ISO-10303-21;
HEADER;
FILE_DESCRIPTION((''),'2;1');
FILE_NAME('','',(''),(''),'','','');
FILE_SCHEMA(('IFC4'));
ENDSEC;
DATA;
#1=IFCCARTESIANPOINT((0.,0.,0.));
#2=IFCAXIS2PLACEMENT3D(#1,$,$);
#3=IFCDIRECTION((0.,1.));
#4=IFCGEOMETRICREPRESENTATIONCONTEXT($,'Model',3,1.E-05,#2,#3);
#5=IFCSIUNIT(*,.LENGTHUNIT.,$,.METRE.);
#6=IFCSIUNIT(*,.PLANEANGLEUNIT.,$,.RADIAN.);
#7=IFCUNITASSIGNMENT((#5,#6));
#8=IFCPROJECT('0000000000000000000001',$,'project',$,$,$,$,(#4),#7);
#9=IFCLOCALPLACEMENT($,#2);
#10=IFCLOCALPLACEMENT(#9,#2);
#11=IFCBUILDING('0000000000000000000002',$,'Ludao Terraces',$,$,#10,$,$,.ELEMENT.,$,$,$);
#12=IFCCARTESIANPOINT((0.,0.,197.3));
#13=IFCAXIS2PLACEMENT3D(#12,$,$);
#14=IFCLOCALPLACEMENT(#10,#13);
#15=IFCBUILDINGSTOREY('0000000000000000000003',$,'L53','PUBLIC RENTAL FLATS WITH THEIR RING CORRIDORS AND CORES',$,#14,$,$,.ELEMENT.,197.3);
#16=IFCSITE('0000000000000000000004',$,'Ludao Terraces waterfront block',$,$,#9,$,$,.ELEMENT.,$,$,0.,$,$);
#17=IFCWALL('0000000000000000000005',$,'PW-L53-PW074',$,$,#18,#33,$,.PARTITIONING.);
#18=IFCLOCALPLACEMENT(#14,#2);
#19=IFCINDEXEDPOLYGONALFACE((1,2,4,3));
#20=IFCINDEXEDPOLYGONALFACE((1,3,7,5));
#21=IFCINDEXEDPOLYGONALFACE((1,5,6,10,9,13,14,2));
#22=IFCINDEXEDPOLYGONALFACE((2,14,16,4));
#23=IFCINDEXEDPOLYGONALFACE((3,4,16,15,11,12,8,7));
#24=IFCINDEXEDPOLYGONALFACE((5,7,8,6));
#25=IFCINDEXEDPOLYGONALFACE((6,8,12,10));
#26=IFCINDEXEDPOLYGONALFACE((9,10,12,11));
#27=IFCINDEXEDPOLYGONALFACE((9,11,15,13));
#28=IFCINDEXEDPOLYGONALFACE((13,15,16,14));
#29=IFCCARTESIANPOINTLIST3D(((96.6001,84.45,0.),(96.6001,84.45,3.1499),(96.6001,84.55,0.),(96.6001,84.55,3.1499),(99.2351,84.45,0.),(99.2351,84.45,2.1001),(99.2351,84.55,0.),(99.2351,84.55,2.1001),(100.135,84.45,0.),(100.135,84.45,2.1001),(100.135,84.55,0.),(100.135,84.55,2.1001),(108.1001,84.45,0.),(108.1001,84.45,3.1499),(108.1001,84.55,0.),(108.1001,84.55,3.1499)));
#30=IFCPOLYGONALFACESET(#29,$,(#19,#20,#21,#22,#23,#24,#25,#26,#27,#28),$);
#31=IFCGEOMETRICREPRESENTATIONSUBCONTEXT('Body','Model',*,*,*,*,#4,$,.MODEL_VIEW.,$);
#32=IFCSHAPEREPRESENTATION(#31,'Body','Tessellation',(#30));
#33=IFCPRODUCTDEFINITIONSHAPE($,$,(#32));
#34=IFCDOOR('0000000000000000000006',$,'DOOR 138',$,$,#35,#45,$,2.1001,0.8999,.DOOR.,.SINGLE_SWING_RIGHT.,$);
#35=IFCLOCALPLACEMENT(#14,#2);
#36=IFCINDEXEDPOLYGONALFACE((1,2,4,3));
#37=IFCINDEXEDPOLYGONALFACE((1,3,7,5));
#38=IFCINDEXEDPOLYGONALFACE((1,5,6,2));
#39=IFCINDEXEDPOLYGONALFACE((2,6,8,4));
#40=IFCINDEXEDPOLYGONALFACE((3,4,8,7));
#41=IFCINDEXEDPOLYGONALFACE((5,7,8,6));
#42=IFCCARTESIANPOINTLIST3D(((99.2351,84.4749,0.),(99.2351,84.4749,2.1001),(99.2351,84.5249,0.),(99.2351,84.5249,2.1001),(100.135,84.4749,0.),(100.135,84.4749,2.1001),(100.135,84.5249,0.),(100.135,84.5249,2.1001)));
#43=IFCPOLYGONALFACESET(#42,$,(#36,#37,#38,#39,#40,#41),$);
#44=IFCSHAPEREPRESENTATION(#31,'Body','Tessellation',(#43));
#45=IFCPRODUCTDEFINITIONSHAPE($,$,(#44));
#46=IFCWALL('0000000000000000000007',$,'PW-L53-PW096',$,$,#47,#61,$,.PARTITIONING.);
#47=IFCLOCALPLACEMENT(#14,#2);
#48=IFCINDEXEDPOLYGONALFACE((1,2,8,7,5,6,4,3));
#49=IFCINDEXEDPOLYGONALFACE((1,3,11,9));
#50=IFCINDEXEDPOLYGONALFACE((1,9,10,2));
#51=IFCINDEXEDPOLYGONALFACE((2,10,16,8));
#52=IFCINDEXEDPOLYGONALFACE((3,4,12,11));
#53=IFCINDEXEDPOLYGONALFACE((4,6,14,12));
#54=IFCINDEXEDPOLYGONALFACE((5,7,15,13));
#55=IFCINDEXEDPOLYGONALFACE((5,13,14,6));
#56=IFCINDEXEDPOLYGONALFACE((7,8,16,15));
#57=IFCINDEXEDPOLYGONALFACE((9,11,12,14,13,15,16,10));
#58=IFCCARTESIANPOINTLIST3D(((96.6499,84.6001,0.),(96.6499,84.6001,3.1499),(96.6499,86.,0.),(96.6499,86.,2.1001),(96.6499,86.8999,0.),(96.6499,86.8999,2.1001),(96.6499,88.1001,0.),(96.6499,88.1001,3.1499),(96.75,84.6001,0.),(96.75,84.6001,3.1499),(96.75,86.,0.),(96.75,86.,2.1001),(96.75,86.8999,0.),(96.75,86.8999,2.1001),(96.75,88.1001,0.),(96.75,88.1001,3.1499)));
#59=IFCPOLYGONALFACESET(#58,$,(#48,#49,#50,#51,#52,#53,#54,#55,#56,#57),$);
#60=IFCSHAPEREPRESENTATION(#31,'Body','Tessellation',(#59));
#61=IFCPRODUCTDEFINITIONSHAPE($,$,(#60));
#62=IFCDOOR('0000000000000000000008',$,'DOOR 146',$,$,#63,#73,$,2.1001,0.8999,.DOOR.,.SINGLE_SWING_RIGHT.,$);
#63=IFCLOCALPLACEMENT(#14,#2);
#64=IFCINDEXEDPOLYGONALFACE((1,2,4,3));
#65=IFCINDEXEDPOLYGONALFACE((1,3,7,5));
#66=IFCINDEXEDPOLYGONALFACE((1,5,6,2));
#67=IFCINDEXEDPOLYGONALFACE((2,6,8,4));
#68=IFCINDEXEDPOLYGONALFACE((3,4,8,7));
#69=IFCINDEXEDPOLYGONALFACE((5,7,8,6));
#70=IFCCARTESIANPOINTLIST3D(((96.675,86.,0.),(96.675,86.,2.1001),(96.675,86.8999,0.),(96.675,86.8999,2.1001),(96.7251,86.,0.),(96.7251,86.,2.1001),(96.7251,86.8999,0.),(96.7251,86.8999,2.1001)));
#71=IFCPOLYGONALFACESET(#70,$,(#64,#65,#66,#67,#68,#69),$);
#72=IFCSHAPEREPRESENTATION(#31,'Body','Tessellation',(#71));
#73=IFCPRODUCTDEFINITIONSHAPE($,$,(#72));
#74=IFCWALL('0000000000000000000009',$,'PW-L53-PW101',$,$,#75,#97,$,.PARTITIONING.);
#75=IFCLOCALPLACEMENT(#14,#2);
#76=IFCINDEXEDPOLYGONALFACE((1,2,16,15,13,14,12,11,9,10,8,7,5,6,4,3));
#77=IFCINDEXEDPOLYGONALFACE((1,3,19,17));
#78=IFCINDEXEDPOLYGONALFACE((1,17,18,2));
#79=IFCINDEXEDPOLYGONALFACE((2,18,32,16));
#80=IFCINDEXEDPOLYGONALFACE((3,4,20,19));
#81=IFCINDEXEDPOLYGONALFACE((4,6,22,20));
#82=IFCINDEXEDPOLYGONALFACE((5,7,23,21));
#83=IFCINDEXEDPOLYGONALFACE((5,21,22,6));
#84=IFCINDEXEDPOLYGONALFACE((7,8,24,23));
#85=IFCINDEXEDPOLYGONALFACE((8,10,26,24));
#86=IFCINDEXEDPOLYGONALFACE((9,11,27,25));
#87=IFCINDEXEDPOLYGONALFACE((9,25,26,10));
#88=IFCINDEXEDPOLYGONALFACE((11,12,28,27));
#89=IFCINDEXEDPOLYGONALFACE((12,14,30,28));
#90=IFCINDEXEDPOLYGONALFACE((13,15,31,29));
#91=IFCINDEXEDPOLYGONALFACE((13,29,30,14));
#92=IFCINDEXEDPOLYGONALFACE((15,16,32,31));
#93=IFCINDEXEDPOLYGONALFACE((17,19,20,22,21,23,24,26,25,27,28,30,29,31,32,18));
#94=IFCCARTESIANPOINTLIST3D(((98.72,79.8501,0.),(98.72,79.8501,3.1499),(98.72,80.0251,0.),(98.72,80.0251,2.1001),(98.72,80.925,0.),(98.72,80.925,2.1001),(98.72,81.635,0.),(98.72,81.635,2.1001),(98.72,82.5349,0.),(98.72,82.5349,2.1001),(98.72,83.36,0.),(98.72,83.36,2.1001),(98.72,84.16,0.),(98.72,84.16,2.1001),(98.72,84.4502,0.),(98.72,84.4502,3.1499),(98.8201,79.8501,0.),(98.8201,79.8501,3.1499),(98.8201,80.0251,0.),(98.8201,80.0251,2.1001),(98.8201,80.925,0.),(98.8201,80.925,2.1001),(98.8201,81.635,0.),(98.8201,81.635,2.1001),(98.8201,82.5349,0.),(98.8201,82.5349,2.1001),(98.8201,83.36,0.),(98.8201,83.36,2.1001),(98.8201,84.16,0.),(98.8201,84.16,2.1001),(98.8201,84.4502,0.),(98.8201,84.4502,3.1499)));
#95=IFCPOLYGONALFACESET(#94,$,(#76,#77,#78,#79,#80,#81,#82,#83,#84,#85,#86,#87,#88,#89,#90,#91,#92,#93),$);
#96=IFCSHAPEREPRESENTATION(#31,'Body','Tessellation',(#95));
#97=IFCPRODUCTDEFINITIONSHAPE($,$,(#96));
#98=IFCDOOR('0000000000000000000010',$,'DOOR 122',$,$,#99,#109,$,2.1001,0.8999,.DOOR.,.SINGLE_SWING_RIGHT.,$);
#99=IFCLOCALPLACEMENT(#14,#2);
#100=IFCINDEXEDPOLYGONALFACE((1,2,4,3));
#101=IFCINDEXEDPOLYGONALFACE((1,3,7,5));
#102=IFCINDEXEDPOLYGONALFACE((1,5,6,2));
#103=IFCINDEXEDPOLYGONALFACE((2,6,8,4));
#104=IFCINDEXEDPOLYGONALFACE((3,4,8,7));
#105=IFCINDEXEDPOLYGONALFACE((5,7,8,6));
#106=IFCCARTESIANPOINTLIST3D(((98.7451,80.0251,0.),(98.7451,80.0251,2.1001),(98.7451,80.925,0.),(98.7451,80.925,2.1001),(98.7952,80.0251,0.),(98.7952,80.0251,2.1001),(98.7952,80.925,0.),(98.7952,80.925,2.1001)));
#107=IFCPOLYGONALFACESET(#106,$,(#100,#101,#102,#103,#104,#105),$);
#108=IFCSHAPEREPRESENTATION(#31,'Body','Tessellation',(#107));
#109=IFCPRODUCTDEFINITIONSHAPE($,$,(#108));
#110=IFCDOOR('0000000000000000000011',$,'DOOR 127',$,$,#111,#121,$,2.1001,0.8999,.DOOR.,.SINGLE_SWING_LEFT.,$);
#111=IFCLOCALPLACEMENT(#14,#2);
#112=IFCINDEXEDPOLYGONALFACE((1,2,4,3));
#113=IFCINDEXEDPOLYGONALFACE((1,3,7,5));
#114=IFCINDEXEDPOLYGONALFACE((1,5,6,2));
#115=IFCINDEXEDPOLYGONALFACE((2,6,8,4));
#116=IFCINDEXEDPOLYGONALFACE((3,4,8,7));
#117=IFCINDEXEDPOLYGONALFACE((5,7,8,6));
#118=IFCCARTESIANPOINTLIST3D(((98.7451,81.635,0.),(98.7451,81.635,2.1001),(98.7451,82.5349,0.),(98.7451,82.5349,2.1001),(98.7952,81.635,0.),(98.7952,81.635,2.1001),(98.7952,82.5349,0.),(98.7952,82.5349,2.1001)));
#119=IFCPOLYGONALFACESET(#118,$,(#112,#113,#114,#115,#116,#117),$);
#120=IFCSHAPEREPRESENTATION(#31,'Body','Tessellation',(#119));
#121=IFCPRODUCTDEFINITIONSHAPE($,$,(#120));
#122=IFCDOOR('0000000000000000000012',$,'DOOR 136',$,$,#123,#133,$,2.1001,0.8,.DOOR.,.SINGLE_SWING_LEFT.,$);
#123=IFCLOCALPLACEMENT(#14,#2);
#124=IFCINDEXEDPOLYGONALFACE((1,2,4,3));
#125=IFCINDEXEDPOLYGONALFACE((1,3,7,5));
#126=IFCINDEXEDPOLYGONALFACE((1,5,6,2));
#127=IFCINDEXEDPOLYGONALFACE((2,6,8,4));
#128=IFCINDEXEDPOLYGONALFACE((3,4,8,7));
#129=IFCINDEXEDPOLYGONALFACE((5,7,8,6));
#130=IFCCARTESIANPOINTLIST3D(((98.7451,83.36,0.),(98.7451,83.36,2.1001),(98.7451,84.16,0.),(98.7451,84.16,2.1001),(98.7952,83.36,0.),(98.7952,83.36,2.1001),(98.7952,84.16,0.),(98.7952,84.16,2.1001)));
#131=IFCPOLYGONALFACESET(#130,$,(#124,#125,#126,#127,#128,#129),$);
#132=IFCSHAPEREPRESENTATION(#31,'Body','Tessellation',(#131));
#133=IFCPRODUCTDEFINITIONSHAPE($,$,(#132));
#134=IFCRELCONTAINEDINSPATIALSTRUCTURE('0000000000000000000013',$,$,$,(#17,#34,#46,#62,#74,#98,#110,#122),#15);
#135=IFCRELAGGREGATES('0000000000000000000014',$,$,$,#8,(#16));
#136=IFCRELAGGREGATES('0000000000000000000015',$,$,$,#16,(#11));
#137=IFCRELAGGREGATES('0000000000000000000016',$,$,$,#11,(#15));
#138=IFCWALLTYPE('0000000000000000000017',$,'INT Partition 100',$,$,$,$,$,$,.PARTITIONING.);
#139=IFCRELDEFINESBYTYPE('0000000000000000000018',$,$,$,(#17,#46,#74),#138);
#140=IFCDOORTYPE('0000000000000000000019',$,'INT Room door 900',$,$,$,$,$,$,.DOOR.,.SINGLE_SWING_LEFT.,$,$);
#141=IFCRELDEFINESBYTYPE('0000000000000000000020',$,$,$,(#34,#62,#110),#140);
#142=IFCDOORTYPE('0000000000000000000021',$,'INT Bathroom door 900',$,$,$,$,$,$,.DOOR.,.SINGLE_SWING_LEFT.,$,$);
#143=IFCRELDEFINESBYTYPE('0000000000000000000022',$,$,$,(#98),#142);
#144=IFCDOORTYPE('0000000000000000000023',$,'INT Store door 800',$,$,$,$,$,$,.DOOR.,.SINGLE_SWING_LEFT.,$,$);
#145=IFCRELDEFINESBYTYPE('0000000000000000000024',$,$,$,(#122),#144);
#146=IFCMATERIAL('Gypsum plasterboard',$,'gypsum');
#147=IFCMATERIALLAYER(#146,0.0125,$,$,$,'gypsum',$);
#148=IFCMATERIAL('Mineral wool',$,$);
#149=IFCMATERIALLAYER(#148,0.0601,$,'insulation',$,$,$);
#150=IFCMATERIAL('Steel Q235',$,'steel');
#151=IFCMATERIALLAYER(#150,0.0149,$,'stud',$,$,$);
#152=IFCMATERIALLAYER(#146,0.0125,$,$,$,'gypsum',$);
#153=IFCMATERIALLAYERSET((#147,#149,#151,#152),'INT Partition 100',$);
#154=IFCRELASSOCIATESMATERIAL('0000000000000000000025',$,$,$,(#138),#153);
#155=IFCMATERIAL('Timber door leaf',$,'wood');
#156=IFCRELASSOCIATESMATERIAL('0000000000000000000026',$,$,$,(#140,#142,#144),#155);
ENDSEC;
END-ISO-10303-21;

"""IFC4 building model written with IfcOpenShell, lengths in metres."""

from ifc_helpers import new_model, si_unit, direction, frame, frame_2d, origin, place, context, subcontext, project, spatial, rectangle, extrude, material, layer, layer_set, type_object, element, fill, save


model = new_model("IFC4")

# Units and contexts
model_context = context("Model", 3, precision=1e-05, world=origin(), true_north=direction((0.0, 1.0)))
body_context = subcontext(model_context, "Body", "Model", "MODEL_VIEW")
ifc_project = project(units=[si_unit("LENGTHUNIT", "METRE"), si_unit("PLANEANGLEUNIT", "RADIAN")], contexts=[model_context])

# Site, building, storey
site_placement = place(None, origin())
site = spatial("IfcSite", under=ifc_project, at=site_placement, Name="Ludao Terraces waterfront block", CompositionType="ELEMENT", RefElevation=0.0)
building_placement = place(site_placement, origin())
building = spatial("IfcBuilding", under=site, at=building_placement, Name="Ludao Terraces", CompositionType="ELEMENT")
storey_placement = place(building_placement, frame((0.0, 0.0, 197.3)))
storey = spatial("IfcBuildingStorey", under=building, at=storey_placement, Name="L53", Description="PUBLIC RENTAL FLATS WITH THEIR RING CORRIDORS AND CORES", CompositionType="ELEMENT", Elevation=197.3)

# Shared definitions
ifc_material_1 = material(Name="Mineral wool")

# Shared definitions
ifc_material_2 = material(Name="Gypsum plasterboard", Category="gypsum")
ifc_layer_1 = layer(ifc_material_2, 0.0125, Category="gypsum")
ifc_layer_2 = layer(ifc_material_1, 0.0601, Name="insulation")
ifc_material_3 = material(Name="Steel Q235", Category="steel")
ifc_layer_3 = layer(ifc_material_3, 0.0149, Name="stud")
ifc_layer_4 = layer(ifc_material_2, 0.0125, Category="gypsum")
ifc_layer_set_1 = layer_set([ifc_layer_1, ifc_layer_2, ifc_layer_3, ifc_layer_4], Name="INT Partition 100")
wall_type_1 = type_object("IfcWallType", Name="INT Partition 100", PredefinedType="PARTITIONING", material=ifc_layer_set_1)

# Walls, openings, doors
wall_1_placement = place(storey_placement, frame((96.6001, 84.5, 0.0), z_axis=(0.0, 0.0, 1.0), x_axis=(1.0, 0.0, 0.0)))
wall_1 = element("IfcWall", 1, at=wall_1_placement, inside=storey, type_object=wall_type_1, Name="PW-L53-PW074", PredefinedType="PARTITIONING", context=body_context, shape_type="SweptSolid", body=[
    extrude(rectangle(XDim=11.5, YDim=0.1001, at=frame_2d((5.75, 0.0))), origin(), (0.0, 0.0, 1.0), 3.1499),
])
opening_1_placement = place(wall_1_placement, frame((2.635, 0.0, 0.0)))
opening_1 = element("IfcOpeningElement", 2, at=opening_1_placement, cuts=wall_1, PredefinedType="OPENING", context=body_context, shape_type="SweptSolid", body=[
    extrude(rectangle(XDim=0.8999, YDim=2.1001, at=frame_2d((0.45, 1.05))), frame((0.0, 0.0601, 0.0), z_axis=(0.0, -1.0, 0.0), x_axis=(1.0, 0.0, 0.0)), (0.0, 0.0, 1.0), 0.1201),
])
ifc_material_4 = material(Name="Timber door leaf", Category="wood")
door_type_1 = type_object("IfcDoorType", Name="INT Room door 900", OperationType="SINGLE_SWING_LEFT", PredefinedType="DOOR", material=ifc_material_4)
door_1_placement = place(opening_1_placement, origin())
door_1 = element("IfcDoor", 3, at=door_1_placement, inside=storey, type_object=door_type_1, Name="DOOR 138", OperationType="SINGLE_SWING_RIGHT", OverallHeight=2.1001, OverallWidth=0.8999, PredefinedType="DOOR", context=body_context, shape_type="SweptSolid", body=[
    extrude(rectangle(XDim=0.8999, YDim=2.1001, at=frame_2d((0.45, 1.05))), frame((0.0, 0.0249, 0.0), z_axis=(0.0, -1.0, 0.0), x_axis=(1.0, 0.0, 0.0)), (0.0, 0.0, 1.0), 0.05),
])
fill(opening_1, door_1)
wall_2_placement = place(storey_placement, frame((96.7, 84.6001, 0.0), z_axis=(0.0, 0.0, 1.0), x_axis=(0.0, 1.0, 0.0)))
wall_2 = element("IfcWall", 4, at=wall_2_placement, inside=storey, type_object=wall_type_1, Name="PW-L53-PW096", PredefinedType="PARTITIONING", context=body_context, shape_type="SweptSolid", body=[
    extrude(rectangle(XDim=3.5, YDim=0.1001, at=frame_2d((1.75, 0.0))), origin(), (0.0, 0.0, 1.0), 3.1499),
])
opening_2_placement = place(wall_2_placement, frame((1.3999, 0.0, 0.0)))
opening_2 = element("IfcOpeningElement", 5, at=opening_2_placement, cuts=wall_2, PredefinedType="OPENING", context=body_context, shape_type="SweptSolid", body=[
    extrude(rectangle(XDim=0.8999, YDim=2.1001, at=frame_2d((0.45, 1.05))), frame((0.0, 0.0601, 0.0), z_axis=(0.0, -1.0, 0.0), x_axis=(1.0, 0.0, 0.0)), (0.0, 0.0, 1.0), 0.1201),
])
door_2_placement = place(opening_2_placement, origin())
door_2 = element("IfcDoor", 6, at=door_2_placement, inside=storey, type_object=door_type_1, Name="DOOR 146", OperationType="SINGLE_SWING_RIGHT", OverallHeight=2.1001, OverallWidth=0.8999, PredefinedType="DOOR", context=body_context, shape_type="SweptSolid", body=[
    extrude(rectangle(XDim=0.8999, YDim=2.1001, at=frame_2d((0.45, 1.05))), frame((0.0, 0.0249, 0.0), z_axis=(0.0, -1.0, 0.0), x_axis=(1.0, 0.0, 0.0)), (0.0, 0.0, 1.0), 0.05),
])
fill(opening_2, door_2)

# Wall, openings, doors
wall_3_placement = place(storey_placement, frame((98.77, 79.8501, 0.0), z_axis=(0.0, 0.0, 1.0), x_axis=(0.0, 1.0, 0.0)))
wall_3 = element("IfcWall", 7, at=wall_3_placement, inside=storey, type_object=wall_type_1, Name="PW-L53-PW101", PredefinedType="PARTITIONING", context=body_context, shape_type="SweptSolid", body=[
    extrude(rectangle(XDim=4.6001, YDim=0.1001, at=frame_2d((2.3, 0.0))), origin(), (0.0, 0.0, 1.0), 3.1499),
])
opening_3_placement = place(wall_3_placement, frame((0.175, 0.0, 0.0)))
opening_3 = element("IfcOpeningElement", 8, at=opening_3_placement, cuts=wall_3, PredefinedType="OPENING", context=body_context, shape_type="SweptSolid", body=[
    extrude(rectangle(XDim=0.8999, YDim=2.1001, at=frame_2d((0.45, 1.05))), frame((0.0, 0.0601, 0.0), z_axis=(0.0, -1.0, 0.0), x_axis=(1.0, 0.0, 0.0)), (0.0, 0.0, 1.0), 0.1201),
])
opening_4_placement = place(wall_3_placement, frame((1.7849, 0.0, 0.0)))
opening_4 = element("IfcOpeningElement", 9, at=opening_4_placement, cuts=wall_3, PredefinedType="OPENING", context=body_context, shape_type="SweptSolid", body=[
    extrude(rectangle(XDim=0.8999, YDim=2.1001, at=frame_2d((0.45, 1.05))), frame((0.0, 0.0601, 0.0), z_axis=(0.0, -1.0, 0.0), x_axis=(1.0, 0.0, 0.0)), (0.0, 0.0, 1.0), 0.1201),
])
opening_5_placement = place(wall_3_placement, frame((3.51, 0.0, 0.0)))
opening_5 = element("IfcOpeningElement", 10, at=opening_5_placement, cuts=wall_3, PredefinedType="OPENING", context=body_context, shape_type="SweptSolid", body=[
    extrude(rectangle(XDim=0.8, YDim=2.1001, at=frame_2d((0.3999, 1.05))), frame((0.0, 0.0601, 0.0), z_axis=(0.0, -1.0, 0.0), x_axis=(1.0, 0.0, 0.0)), (0.0, 0.0, 1.0), 0.1201),
])
door_type_2 = type_object("IfcDoorType", Name="INT Bathroom door 900", OperationType="SINGLE_SWING_LEFT", PredefinedType="DOOR", material=ifc_material_4)
door_3_placement = place(opening_3_placement, origin())
door_3 = element("IfcDoor", 11, at=door_3_placement, inside=storey, type_object=door_type_2, Name="DOOR 122", OperationType="SINGLE_SWING_RIGHT", OverallHeight=2.1001, OverallWidth=0.8999, PredefinedType="DOOR", context=body_context, shape_type="SweptSolid", body=[
    extrude(rectangle(XDim=0.8999, YDim=2.1001, at=frame_2d((0.45, 1.05))), frame((0.0, 0.0249, 0.0), z_axis=(0.0, -1.0, 0.0), x_axis=(1.0, 0.0, 0.0)), (0.0, 0.0, 1.0), 0.05),
])
fill(opening_3, door_3)
door_4_placement = place(opening_4_placement, origin())
door_4 = element("IfcDoor", 12, at=door_4_placement, inside=storey, type_object=door_type_1, Name="DOOR 127", OperationType="SINGLE_SWING_LEFT", OverallHeight=2.1001, OverallWidth=0.8999, PredefinedType="DOOR", context=body_context, shape_type="SweptSolid", body=[
    extrude(rectangle(XDim=0.8999, YDim=2.1001, at=frame_2d((0.45, 1.05))), frame((0.0, 0.0249, 0.0), z_axis=(0.0, -1.0, 0.0), x_axis=(1.0, 0.0, 0.0)), (0.0, 0.0, 1.0), 0.05),
])
fill(opening_4, door_4)
door_type_3 = type_object("IfcDoorType", Name="INT Store door 800", OperationType="SINGLE_SWING_LEFT", PredefinedType="DOOR", material=ifc_material_4)
door_5_placement = place(opening_5_placement, origin())
door_5 = element("IfcDoor", 13, at=door_5_placement, inside=storey, type_object=door_type_3, Name="DOOR 136", OperationType="SINGLE_SWING_LEFT", OverallHeight=2.1001, OverallWidth=0.8, PredefinedType="DOOR", context=body_context, shape_type="SweptSolid", body=[
    extrude(rectangle(XDim=0.8, YDim=2.1001, at=frame_2d((0.3999, 1.05))), frame((0.0, 0.0249, 0.0), z_axis=(0.0, -1.0, 0.0), x_axis=(1.0, 0.0, 0.0)), (0.0, 0.0, 1.0), 0.05),
])
fill(opening_5, door_5)

save(model, "model.ifc")
